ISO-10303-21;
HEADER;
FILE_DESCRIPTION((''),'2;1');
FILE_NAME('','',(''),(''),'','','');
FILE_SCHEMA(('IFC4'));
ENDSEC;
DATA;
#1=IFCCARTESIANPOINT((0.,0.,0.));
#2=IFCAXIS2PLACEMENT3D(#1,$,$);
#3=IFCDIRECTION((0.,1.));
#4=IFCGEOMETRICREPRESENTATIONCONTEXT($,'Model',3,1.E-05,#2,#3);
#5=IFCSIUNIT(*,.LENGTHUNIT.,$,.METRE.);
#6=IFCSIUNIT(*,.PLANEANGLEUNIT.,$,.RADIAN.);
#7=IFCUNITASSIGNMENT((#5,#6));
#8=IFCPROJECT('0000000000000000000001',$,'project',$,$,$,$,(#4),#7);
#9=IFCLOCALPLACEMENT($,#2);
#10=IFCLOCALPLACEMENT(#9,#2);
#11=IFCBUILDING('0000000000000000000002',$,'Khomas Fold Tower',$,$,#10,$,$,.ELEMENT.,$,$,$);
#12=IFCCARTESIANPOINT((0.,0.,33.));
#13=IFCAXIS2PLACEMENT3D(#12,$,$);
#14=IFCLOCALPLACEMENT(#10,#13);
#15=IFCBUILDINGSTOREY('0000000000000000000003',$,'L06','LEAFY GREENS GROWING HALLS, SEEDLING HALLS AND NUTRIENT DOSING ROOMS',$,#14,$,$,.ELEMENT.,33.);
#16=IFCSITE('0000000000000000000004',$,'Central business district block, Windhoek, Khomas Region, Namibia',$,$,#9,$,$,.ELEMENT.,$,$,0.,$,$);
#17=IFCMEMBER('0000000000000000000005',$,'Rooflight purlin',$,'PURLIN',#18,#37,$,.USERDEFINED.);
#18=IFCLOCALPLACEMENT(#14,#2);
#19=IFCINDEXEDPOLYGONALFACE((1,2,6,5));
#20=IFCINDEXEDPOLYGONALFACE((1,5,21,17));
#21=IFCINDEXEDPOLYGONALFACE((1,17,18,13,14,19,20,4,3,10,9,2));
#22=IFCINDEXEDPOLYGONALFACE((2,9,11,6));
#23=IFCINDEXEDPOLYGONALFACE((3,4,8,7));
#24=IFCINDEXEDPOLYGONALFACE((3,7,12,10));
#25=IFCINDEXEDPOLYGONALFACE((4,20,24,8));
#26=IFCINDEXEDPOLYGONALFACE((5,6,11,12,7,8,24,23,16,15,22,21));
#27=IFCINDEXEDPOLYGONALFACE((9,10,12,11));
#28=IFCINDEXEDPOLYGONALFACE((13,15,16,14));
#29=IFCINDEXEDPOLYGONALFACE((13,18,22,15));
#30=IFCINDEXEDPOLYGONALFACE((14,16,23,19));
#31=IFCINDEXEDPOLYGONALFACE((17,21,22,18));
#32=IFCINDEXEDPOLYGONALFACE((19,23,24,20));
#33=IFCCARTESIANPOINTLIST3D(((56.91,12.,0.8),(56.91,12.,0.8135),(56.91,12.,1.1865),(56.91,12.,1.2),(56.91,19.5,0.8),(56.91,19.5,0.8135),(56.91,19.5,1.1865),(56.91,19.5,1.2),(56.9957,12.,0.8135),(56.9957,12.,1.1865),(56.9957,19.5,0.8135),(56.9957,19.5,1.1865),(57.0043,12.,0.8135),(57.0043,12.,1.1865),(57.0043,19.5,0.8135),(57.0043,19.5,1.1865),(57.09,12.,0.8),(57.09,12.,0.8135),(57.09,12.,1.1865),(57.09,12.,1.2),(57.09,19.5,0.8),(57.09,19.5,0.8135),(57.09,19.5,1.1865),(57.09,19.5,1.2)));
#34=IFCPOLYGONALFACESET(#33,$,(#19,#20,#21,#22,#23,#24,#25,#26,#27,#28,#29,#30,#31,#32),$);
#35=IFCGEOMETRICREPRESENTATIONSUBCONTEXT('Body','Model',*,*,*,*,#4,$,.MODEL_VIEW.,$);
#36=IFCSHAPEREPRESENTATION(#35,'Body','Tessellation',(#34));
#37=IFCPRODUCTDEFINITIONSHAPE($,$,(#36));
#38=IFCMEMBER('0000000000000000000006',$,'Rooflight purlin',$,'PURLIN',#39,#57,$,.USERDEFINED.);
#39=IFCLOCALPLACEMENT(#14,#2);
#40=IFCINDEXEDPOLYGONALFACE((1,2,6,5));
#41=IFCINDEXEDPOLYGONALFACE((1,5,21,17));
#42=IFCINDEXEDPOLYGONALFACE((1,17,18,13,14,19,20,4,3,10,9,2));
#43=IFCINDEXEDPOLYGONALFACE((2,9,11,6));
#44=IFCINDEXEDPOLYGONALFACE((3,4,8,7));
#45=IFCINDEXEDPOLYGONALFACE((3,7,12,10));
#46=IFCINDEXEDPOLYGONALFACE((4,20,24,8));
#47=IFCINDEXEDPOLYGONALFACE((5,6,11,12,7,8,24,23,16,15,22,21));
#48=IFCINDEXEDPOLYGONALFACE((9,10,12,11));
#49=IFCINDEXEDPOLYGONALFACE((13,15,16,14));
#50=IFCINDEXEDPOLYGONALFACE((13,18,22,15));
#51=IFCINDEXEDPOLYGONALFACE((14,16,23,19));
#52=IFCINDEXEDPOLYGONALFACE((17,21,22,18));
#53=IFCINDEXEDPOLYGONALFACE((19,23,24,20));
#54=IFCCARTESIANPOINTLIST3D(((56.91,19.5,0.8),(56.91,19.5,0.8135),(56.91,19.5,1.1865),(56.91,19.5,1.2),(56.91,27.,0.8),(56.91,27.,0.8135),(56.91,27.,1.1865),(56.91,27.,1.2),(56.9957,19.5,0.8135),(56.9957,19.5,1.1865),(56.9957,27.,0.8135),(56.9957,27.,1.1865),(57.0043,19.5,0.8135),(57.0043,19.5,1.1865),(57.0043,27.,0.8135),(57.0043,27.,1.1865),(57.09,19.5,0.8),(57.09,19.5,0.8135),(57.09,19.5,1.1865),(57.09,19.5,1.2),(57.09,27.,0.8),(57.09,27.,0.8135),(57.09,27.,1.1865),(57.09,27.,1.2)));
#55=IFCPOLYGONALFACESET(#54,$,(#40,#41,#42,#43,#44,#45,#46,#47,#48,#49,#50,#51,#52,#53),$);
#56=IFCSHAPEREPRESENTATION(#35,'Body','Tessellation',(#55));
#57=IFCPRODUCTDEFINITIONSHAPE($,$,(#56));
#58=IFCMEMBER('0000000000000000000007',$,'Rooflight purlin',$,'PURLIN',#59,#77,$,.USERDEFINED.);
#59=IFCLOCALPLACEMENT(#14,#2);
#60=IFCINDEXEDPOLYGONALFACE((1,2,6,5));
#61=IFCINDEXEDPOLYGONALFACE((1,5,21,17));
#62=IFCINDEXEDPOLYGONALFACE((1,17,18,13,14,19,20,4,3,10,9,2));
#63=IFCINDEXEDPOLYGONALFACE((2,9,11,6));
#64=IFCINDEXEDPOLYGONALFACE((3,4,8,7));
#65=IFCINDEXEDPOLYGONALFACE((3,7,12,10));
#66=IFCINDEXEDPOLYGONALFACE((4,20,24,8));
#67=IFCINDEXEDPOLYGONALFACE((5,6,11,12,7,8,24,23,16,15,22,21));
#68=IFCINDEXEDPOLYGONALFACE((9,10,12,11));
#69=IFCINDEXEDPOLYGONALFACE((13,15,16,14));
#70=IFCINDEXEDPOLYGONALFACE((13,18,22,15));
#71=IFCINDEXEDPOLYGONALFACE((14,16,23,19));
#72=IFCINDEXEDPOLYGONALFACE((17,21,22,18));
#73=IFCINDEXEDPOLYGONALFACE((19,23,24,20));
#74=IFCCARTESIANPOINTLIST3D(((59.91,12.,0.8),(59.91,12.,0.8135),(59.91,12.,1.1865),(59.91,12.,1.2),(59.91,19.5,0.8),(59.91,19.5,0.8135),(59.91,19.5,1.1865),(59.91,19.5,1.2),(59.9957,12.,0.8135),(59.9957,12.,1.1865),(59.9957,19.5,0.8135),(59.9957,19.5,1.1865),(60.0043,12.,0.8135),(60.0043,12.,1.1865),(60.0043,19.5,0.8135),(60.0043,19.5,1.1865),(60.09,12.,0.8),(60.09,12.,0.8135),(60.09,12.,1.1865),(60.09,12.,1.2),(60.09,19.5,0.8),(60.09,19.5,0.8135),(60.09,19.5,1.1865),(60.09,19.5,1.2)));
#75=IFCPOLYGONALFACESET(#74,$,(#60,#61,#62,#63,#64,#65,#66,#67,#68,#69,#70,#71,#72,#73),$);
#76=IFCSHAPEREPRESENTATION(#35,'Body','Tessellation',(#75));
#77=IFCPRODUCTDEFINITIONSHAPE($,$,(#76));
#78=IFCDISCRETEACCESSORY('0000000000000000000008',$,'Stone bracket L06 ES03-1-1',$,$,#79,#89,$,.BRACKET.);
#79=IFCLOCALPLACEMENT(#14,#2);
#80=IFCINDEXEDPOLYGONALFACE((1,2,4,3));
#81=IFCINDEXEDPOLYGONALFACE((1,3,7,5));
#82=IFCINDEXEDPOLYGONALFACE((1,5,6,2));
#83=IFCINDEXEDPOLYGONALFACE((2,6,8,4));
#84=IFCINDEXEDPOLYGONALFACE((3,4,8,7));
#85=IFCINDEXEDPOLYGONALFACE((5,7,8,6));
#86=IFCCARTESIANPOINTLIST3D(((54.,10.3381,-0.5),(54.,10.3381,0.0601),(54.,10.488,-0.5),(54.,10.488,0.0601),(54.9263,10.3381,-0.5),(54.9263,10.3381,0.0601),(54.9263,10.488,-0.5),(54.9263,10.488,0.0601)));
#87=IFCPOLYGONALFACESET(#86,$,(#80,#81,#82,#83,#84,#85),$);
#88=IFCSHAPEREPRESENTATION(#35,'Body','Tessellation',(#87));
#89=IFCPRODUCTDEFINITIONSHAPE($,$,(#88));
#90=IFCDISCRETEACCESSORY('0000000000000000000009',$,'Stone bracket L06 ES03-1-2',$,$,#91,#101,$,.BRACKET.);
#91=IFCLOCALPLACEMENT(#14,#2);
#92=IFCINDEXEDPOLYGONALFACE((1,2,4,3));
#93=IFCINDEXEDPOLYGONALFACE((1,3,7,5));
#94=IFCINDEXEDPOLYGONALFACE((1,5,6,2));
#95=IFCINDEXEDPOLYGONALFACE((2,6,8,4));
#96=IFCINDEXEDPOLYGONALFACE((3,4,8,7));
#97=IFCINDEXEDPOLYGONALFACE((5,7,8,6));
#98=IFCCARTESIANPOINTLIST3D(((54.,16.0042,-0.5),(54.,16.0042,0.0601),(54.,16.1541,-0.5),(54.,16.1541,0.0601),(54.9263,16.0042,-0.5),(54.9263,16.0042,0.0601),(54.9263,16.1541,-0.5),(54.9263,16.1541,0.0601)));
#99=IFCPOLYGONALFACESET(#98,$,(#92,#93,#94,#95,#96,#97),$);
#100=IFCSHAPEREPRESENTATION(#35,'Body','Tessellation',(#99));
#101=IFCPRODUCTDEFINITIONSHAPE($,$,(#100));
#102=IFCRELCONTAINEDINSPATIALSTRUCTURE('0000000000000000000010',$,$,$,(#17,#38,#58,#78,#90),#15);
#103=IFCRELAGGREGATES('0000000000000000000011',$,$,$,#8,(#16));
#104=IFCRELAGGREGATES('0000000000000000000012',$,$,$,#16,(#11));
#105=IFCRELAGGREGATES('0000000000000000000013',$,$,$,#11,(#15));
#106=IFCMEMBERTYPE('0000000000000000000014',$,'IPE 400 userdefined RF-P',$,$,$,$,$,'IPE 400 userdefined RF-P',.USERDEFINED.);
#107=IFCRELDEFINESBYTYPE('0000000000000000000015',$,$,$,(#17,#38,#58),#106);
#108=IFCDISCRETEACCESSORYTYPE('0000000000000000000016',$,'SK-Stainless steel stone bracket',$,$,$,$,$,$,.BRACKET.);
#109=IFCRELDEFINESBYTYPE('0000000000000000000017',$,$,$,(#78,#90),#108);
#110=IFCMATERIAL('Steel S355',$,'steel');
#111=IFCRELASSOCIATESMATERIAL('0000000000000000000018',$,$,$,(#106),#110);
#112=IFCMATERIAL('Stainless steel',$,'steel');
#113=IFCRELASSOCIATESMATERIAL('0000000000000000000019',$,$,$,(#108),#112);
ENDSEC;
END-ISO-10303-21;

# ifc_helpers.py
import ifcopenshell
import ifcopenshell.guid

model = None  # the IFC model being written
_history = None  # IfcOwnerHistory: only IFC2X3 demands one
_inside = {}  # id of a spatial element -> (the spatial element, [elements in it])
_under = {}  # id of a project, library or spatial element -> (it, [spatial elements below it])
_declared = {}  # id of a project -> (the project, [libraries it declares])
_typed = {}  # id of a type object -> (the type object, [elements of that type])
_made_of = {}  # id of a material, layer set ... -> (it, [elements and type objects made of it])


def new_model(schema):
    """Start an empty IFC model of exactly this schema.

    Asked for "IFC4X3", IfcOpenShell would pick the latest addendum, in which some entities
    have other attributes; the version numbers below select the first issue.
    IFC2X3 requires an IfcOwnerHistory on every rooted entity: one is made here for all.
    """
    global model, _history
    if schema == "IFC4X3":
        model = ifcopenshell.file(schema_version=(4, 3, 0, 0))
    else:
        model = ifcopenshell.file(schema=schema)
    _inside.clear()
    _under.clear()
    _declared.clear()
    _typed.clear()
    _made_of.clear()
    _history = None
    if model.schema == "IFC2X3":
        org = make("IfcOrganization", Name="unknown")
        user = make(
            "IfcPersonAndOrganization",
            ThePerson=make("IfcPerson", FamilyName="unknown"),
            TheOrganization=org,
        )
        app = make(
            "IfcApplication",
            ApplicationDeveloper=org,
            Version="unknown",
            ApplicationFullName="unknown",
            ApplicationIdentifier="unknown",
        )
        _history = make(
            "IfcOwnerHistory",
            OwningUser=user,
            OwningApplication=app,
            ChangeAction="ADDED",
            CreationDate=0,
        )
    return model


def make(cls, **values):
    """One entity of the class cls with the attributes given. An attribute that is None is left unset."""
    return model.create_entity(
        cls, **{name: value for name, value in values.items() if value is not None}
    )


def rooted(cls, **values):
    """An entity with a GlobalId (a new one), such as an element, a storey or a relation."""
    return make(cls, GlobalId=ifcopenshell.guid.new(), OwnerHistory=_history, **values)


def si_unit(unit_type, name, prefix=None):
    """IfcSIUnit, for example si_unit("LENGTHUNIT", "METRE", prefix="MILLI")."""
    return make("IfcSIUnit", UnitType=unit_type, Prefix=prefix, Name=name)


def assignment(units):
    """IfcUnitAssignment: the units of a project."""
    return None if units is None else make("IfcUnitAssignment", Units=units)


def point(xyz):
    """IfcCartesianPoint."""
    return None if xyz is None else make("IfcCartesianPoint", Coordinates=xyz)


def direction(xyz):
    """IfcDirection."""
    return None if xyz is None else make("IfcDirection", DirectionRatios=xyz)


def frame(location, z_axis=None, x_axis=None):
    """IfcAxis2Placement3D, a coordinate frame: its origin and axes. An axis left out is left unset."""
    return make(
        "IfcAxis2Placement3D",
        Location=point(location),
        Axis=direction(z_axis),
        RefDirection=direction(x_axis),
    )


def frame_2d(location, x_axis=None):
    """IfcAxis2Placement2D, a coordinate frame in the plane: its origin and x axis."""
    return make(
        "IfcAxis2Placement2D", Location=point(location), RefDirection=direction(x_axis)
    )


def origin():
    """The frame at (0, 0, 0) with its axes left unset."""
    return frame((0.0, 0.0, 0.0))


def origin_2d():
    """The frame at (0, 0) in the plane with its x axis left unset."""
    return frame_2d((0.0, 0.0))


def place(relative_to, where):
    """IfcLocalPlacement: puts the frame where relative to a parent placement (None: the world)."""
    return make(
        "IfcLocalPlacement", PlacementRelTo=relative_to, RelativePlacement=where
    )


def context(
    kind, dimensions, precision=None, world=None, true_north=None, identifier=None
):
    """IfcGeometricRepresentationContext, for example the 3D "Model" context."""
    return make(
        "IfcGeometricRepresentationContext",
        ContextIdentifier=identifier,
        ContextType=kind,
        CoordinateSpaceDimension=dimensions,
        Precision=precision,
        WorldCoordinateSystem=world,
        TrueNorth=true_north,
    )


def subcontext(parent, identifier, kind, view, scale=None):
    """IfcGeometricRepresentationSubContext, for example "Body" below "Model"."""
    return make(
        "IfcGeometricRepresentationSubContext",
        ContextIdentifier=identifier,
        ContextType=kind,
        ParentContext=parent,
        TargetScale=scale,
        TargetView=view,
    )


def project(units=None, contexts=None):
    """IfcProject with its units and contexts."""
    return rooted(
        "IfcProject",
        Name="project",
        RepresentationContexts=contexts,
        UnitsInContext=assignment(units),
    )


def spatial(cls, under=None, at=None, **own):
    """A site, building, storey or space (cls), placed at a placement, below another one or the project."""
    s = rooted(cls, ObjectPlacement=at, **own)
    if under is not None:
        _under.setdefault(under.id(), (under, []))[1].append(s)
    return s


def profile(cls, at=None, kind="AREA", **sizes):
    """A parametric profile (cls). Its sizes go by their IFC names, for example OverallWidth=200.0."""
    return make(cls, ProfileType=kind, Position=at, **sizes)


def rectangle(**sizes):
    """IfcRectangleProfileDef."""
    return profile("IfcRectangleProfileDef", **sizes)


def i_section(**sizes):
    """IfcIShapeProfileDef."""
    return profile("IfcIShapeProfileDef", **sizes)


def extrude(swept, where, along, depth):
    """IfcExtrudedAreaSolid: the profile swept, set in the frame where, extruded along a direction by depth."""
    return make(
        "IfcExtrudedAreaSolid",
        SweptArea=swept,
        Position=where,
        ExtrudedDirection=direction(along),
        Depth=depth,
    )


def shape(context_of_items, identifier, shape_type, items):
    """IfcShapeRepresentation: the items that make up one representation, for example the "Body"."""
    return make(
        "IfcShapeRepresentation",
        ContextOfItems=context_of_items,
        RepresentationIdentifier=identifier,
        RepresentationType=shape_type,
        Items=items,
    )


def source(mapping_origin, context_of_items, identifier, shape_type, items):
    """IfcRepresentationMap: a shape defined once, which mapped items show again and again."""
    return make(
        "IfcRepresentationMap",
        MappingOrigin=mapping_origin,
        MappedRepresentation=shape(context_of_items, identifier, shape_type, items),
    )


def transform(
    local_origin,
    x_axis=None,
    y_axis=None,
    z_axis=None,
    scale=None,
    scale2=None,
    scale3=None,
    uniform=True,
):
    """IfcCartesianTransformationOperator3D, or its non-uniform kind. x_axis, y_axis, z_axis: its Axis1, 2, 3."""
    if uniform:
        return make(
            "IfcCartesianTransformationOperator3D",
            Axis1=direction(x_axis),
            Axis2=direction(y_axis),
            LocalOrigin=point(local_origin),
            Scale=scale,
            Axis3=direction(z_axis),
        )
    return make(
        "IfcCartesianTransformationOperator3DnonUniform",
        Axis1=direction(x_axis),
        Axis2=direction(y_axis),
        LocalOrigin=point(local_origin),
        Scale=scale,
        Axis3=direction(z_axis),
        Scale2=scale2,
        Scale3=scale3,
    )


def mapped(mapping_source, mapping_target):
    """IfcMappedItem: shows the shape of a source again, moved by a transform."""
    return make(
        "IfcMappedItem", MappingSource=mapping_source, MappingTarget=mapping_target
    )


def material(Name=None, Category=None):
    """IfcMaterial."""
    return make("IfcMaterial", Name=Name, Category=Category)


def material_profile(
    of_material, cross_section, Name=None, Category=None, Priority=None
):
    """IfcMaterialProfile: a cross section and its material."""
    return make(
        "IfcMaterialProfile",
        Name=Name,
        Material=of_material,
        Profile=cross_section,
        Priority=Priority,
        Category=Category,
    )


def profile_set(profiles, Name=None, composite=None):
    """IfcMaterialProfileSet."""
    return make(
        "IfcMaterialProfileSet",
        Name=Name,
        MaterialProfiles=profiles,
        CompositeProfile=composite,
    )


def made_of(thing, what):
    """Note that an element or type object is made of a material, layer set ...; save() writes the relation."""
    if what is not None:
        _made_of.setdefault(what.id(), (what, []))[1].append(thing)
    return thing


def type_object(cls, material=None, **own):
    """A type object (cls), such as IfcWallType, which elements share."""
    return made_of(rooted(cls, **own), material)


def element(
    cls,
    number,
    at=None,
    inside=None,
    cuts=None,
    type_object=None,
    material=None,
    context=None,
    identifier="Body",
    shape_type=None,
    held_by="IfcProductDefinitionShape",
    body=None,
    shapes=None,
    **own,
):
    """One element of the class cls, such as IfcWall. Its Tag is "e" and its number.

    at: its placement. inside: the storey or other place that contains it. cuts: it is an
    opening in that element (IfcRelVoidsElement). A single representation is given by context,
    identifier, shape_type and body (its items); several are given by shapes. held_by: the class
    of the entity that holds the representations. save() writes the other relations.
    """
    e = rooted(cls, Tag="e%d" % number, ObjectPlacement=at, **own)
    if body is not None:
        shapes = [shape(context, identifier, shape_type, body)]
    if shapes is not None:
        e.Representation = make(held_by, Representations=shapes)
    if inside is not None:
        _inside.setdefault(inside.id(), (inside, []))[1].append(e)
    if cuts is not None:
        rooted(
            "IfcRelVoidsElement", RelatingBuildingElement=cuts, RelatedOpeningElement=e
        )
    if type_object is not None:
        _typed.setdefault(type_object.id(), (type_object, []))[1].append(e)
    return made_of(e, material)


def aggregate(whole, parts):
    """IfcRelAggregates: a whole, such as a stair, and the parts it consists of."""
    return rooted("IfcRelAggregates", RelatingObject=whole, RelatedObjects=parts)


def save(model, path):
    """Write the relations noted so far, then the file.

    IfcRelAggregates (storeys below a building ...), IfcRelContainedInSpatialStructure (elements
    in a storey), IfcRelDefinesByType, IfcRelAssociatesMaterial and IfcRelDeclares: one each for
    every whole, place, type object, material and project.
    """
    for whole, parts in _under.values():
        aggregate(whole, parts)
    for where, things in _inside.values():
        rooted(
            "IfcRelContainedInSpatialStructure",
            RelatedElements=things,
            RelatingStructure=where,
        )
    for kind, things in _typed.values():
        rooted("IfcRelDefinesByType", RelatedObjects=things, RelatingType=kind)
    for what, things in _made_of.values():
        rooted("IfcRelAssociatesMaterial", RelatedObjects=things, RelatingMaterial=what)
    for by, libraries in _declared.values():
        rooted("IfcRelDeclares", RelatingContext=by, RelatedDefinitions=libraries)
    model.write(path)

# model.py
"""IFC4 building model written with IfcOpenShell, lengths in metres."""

from ifc_helpers import new_model, si_unit, direction, frame, origin, origin_2d, place, context, subcontext, project, spatial, rectangle, i_section, extrude, source, transform, mapped, material, material_profile, profile_set, type_object, element, save


model = new_model("IFC4")

# Units and contexts
model_context = context("Model", 3, precision=1e-05, world=origin(), true_north=direction((0.0, 1.0)))
body_context = subcontext(model_context, "Body", "Model", "MODEL_VIEW")
ifc_project = project(units=[si_unit("LENGTHUNIT", "METRE"), si_unit("PLANEANGLEUNIT", "RADIAN")], contexts=[model_context])

# Site, building, storey
site_placement = place(None, origin())
site = spatial("IfcSite", under=ifc_project, at=site_placement, Name="Central business district block, Windhoek, Khomas Region, Namibia", CompositionType="ELEMENT", RefElevation=0.0)
building_placement = place(site_placement, origin())
building = spatial("IfcBuilding", under=site, at=building_placement, Name="Khomas Fold Tower", CompositionType="ELEMENT")
storey_placement = place(building_placement, frame((0.0, 0.0, 33.0)))
storey = spatial("IfcBuildingStorey", under=building, at=storey_placement, Name="L06", Description="LEAFY GREENS GROWING HALLS, SEEDLING HALLS AND NUTRIENT DOSING ROOMS", CompositionType="ELEMENT", Elevation=33.0)

# Members
ifc_material_1 = material(Name="Steel S355", Category="steel")
ifc_material_profile = material_profile(ifc_material_1, i_section(OverallWidth=0.1799, OverallDepth=0.3999, WebThickness=0.0085, FlangeThickness=0.0134, at=origin_2d()), Name="IPE 400")
ifc_profile_set = profile_set([ifc_material_profile], Name="Steel S355")
member_type = type_object("IfcMemberType", Name="IPE 400 userdefined RF-P", ElementType="IPE 400 userdefined RF-P", PredefinedType="USERDEFINED", material=ifc_profile_set)
shared_shape_1 = source(origin(), body_context, "Body", "SweptSolid", [
    extrude(i_section(OverallWidth=0.1799, OverallDepth=0.3999, WebThickness=0.0085, FlangeThickness=0.0134, at=origin_2d()), origin(), (0.0, 0.0, 1.0), 7.5),
])
for number, where, z_axis, x_axis, name in (
    (1, (57.0, 12.0, 1.0), (0.0, 1.0, 0.0), (-1.0, 0.0, 0.0), "Rooflight purlin"),
    (2, (57.0, 19.5, 1.0), (0.0, 1.0, 0.0), (-1.0, 0.0, 0.0), "Rooflight purlin"),
    (3, (60.0, 12.0, 1.0), (0.0, 1.0, 0.0), (-1.0, 0.0, 0.0), "Rooflight purlin"),
):
    element("IfcMember", number, at=place(storey_placement, frame(where, z_axis=z_axis, x_axis=x_axis)), inside=storey, type_object=member_type, Name=name, ObjectType="PURLIN", PredefinedType="USERDEFINED", context=body_context, shape_type="MappedRepresentation", body=[
        mapped(shared_shape_1, transform((0.0, 0.0, 0.0))),
    ])

# Discrete accessories
ifc_material_2 = material(Name="Stainless steel", Category="steel")
discrete_accessory_type = type_object("IfcDiscreteAccessoryType", Name="SK-Stainless steel stone bracket", PredefinedType="BRACKET", material=ifc_material_2)
shared_shape_2 = source(origin(), body_context, "Body", "SweptSolid", [
    extrude(rectangle(XDim=0.9263, YDim=0.1499, at=origin_2d()), origin(), (0.0, 0.0, 1.0), 0.5601),
])
for number, where, z_axis, x_axis, name in (
    (4, (54.4631, 10.4131, -0.5), (0.0, 0.0, 1.0), (1.0, 0.0, 0.0), "Stone bracket L06 ES03-1-1"),
    (5, (54.4631, 16.0791, -0.5), (0.0, 0.0, 1.0), (1.0, 0.0, 0.0), "Stone bracket L06 ES03-1-2"),
):
    element("IfcDiscreteAccessory", number, at=place(storey_placement, frame(where, z_axis=z_axis, x_axis=x_axis)), inside=storey, type_object=discrete_accessory_type, Name=name, PredefinedType="BRACKET", context=body_context, shape_type="MappedRepresentation", body=[
        mapped(shared_shape_2, transform((0.0, 0.0, 0.0))),
    ])

save(model, "model.ifc")
